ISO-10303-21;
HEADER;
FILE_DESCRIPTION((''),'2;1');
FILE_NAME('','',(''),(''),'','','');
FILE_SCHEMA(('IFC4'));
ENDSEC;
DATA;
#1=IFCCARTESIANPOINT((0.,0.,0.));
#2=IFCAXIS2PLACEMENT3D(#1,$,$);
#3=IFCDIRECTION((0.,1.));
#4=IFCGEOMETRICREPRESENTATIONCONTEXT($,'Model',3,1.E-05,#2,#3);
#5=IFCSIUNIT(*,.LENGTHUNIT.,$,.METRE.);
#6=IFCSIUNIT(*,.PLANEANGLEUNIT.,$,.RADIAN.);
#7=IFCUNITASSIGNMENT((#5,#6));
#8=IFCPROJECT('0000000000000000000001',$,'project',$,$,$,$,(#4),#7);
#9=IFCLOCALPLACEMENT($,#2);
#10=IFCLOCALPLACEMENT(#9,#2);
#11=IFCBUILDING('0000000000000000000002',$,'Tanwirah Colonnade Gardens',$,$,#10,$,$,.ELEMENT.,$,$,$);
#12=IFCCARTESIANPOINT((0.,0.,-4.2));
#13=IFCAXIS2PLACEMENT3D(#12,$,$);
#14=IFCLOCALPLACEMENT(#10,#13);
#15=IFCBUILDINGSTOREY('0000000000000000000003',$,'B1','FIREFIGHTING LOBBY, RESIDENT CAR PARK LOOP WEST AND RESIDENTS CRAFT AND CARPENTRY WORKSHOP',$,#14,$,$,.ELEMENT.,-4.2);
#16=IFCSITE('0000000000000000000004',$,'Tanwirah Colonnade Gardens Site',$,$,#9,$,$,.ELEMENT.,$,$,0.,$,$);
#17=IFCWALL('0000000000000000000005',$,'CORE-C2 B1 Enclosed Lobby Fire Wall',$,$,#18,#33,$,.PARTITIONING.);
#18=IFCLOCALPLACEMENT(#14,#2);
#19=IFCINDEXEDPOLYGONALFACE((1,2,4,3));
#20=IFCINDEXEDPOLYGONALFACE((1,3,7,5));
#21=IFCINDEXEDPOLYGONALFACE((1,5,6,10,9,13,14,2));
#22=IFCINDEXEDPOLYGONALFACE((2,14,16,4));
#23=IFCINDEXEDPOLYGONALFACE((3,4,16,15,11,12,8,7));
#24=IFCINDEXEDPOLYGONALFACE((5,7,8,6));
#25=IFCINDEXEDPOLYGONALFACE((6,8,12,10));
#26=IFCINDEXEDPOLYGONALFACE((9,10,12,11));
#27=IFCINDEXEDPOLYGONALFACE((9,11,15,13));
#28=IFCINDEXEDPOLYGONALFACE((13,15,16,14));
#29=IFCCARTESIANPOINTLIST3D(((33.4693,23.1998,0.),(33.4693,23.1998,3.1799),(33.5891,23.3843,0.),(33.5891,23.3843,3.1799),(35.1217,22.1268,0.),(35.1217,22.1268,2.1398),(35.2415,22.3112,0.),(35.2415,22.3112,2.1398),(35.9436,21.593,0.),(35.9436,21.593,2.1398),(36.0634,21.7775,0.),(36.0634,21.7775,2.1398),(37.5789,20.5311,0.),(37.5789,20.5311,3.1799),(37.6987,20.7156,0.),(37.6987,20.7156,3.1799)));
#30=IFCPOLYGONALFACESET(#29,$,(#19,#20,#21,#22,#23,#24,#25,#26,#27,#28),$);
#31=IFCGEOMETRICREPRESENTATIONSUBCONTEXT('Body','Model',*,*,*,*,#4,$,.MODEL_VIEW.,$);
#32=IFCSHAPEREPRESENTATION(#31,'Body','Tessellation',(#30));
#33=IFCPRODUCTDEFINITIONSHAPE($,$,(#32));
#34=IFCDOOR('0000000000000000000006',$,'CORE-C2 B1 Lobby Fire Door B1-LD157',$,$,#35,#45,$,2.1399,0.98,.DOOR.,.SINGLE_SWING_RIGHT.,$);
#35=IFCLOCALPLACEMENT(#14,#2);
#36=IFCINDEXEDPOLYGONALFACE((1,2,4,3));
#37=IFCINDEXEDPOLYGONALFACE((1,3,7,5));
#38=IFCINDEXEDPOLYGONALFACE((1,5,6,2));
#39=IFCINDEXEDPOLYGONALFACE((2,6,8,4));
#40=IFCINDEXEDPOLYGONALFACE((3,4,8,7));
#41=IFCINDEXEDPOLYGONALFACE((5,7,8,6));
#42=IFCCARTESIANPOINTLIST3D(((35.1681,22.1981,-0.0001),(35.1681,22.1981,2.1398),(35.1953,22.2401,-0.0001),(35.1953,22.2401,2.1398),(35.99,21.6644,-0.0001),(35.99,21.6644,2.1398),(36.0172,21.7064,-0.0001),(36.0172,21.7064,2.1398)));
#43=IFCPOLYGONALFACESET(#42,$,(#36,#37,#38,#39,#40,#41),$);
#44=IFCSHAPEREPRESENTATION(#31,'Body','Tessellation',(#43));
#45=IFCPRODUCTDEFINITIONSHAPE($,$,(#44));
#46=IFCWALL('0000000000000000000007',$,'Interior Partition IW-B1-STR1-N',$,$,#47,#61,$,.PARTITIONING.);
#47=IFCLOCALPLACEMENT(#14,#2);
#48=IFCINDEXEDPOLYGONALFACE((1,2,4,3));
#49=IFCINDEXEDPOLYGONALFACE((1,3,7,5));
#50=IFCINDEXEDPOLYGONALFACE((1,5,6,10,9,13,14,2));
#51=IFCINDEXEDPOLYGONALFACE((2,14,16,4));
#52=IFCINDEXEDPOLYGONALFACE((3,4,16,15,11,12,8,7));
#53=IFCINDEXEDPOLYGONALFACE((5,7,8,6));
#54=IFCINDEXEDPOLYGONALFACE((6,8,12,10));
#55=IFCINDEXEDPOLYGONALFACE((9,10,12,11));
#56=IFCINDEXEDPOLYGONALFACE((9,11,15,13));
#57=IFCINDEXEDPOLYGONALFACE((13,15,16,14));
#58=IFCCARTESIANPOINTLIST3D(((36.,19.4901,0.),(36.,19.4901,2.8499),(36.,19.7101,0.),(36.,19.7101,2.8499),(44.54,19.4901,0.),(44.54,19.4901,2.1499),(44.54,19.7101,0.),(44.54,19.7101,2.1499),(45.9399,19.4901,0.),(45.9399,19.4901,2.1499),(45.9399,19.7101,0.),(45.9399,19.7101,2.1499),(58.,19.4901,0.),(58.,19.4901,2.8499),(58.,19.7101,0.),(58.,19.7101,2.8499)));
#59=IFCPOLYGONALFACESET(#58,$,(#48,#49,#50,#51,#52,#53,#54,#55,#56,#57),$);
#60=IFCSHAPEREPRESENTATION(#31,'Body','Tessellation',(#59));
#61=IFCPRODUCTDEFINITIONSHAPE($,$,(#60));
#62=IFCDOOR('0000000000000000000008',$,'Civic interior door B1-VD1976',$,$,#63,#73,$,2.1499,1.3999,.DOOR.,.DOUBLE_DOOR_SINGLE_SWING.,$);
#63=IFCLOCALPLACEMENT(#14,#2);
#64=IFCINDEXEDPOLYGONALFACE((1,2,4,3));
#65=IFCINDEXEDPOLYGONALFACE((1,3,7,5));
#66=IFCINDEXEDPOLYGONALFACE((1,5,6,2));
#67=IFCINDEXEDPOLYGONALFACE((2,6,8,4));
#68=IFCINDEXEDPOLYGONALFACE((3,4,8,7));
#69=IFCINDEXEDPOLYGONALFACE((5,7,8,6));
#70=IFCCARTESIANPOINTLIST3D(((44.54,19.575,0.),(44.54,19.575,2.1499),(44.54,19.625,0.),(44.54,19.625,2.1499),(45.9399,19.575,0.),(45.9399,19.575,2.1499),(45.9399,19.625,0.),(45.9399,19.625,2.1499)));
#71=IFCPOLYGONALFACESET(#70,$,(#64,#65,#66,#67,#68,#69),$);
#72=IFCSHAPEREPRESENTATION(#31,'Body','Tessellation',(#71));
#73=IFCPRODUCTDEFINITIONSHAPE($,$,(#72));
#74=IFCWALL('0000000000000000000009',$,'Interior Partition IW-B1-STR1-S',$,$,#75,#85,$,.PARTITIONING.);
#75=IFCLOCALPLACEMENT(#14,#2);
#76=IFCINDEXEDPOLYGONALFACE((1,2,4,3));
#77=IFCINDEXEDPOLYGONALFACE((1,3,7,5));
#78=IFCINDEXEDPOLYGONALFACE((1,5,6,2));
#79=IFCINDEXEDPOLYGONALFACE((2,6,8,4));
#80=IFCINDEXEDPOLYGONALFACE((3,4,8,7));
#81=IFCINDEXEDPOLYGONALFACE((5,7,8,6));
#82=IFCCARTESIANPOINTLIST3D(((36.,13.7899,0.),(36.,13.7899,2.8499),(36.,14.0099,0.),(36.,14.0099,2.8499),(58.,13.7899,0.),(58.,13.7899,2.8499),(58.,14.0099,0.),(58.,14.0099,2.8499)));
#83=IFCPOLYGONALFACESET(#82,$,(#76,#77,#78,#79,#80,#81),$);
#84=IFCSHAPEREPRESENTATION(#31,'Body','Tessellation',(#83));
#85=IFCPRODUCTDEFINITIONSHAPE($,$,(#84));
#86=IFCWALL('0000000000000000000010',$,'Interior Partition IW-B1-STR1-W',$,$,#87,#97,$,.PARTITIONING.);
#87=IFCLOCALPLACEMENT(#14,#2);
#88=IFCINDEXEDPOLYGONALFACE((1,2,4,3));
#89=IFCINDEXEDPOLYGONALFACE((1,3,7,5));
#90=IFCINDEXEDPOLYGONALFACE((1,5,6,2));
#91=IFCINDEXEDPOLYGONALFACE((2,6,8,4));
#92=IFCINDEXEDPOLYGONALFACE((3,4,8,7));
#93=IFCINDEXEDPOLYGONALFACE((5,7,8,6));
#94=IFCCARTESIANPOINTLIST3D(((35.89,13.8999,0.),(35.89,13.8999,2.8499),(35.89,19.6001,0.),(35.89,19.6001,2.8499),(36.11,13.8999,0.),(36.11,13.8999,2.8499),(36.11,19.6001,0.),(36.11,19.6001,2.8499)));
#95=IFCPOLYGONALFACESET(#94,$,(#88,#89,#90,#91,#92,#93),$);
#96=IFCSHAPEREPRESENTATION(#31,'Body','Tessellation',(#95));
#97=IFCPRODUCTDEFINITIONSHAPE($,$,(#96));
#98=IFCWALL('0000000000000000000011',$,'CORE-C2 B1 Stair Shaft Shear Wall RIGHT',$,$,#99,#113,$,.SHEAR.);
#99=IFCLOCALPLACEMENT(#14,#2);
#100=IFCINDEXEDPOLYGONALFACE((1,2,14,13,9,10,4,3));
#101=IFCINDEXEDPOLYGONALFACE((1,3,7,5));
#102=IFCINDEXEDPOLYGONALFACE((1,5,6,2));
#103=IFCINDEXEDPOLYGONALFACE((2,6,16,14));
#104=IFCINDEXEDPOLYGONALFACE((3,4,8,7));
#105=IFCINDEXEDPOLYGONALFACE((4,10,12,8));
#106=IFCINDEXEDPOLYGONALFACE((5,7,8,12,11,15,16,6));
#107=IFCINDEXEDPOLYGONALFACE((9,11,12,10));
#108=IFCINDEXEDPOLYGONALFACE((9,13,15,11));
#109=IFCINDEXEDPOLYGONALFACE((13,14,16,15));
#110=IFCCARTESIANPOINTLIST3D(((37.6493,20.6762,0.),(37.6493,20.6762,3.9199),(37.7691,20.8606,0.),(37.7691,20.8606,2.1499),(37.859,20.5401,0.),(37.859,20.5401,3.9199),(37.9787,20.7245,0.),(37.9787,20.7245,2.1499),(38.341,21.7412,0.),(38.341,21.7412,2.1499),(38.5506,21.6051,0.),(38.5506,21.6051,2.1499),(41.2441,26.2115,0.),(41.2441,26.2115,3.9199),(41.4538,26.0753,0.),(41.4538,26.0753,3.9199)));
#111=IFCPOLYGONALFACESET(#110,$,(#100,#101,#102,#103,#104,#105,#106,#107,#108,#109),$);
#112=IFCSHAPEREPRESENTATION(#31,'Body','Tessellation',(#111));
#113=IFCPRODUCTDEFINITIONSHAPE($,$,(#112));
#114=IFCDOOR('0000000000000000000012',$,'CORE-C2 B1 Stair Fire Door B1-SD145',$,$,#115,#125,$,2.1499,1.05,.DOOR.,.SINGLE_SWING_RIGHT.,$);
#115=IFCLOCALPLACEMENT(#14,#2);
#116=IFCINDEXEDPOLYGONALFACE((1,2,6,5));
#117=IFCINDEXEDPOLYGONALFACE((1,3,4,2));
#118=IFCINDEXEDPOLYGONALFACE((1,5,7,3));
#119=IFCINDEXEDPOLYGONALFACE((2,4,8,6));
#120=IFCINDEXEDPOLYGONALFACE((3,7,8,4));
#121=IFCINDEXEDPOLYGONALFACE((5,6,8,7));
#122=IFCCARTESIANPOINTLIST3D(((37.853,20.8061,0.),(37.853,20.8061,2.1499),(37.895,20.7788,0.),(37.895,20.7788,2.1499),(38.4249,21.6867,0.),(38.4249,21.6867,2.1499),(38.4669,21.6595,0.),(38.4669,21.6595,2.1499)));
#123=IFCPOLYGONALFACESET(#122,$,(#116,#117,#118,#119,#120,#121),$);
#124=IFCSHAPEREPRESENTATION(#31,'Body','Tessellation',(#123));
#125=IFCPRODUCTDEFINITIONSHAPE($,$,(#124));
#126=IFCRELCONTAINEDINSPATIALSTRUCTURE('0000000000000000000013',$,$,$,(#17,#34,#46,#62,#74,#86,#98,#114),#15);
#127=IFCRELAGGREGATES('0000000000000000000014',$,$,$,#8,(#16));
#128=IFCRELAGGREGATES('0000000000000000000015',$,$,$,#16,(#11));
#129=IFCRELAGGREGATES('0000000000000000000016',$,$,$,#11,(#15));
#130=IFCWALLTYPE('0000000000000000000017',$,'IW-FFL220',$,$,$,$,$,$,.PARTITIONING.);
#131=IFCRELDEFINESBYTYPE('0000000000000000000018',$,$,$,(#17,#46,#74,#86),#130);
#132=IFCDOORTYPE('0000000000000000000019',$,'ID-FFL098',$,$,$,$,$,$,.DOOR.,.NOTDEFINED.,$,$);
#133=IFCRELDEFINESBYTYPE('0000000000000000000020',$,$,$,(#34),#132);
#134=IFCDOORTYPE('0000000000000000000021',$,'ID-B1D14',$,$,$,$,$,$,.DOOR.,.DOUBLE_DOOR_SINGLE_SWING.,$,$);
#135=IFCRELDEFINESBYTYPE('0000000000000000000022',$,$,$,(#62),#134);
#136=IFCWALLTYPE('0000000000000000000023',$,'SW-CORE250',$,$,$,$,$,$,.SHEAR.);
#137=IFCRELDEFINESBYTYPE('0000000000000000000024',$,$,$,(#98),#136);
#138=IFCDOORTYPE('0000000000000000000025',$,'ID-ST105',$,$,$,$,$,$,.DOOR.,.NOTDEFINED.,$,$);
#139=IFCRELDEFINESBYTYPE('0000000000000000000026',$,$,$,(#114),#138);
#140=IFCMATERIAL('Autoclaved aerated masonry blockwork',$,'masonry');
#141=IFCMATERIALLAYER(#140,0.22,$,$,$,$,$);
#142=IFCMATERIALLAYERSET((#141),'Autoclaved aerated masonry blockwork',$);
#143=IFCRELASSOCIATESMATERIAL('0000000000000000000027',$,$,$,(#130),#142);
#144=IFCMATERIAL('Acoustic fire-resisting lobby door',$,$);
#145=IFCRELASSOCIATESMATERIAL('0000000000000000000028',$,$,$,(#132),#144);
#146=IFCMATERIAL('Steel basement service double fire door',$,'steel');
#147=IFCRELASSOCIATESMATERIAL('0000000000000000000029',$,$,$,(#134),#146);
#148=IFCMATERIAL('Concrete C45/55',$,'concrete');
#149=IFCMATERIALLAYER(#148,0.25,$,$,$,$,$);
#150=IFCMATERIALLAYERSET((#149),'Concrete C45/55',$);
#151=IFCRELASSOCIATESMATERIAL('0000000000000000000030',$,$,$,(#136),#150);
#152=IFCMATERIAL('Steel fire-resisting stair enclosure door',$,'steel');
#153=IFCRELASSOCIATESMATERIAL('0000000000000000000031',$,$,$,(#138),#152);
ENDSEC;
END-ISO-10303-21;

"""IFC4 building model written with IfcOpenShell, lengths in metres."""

from ifc_helpers import new_model, si_unit, direction, frame, frame_2d, origin, place, context, subcontext, project, spatial, rectangle, extrude, material, layer, layer_set, type_object, element, fill, save


model = new_model("IFC4")

# Units and contexts
model_context = context("Model", 3, precision=1e-05, world=origin(), true_north=direction((0.0, 1.0)))
body_context = subcontext(model_context, "Body", "Model", "MODEL_VIEW")
ifc_project = project(units=[si_unit("LENGTHUNIT", "METRE"), si_unit("PLANEANGLEUNIT", "RADIAN")], contexts=[model_context])

# Site, building, storey
site_placement = place(None, origin())
site = spatial("IfcSite", under=ifc_project, at=site_placement, Name="Tanwirah Colonnade Gardens Site", CompositionType="ELEMENT", RefElevation=0.0)
building_placement = place(site_placement, origin())
building = spatial("IfcBuilding", under=site, at=building_placement, Name="Tanwirah Colonnade Gardens", CompositionType="ELEMENT")
storey_placement = place(building_placement, frame((0.0, 0.0, -4.2)))
storey = spatial("IfcBuildingStorey", under=building, at=storey_placement, Name="B1", Description="FIREFIGHTING LOBBY, RESIDENT CAR PARK LOOP WEST AND RESIDENTS CRAFT AND CARPENTRY WORKSHOP", CompositionType="ELEMENT", Elevation=-4.2)

# Shared definitions
ifc_material_1 = material(Name="Concrete C45/55", Category="concrete")

# Walls, openings, doors
ifc_material_2 = material(Name="Autoclaved aerated masonry blockwork", Category="masonry")
ifc_layer_1 = layer(ifc_material_2, 0.22)
ifc_layer_set_1 = layer_set([ifc_layer_1], Name="Autoclaved aerated masonry blockwork")
wall_type_1 = type_object("IfcWallType", Name="IW-FFL220", PredefinedType="PARTITIONING", material=ifc_layer_set_1)
wall_1_placement = place(storey_placement, frame((37.6389, 20.6233, 0.0), z_axis=(0.0, 0.0, 1.0), x_axis=(-0.838681, 0.544622, 0.0)))
wall_1 = element("IfcWall", 1, at=wall_1_placement, inside=storey, type_object=wall_type_1, Name="CORE-C2 B1 Enclosed Lobby Fire Wall", PredefinedType="PARTITIONING", context=body_context, shape_type="SweptSolid", body=[
    extrude(rectangle(XDim=4.9001, YDim=0.22, at=frame_2d((2.4502, 0.0))), origin(), (0.0, 0.0, 1.0), 3.1799),
])
opening_1_placement = place(wall_1_placement, frame((1.95, 0.0, 0.0)))
opening_1 = element("IfcOpeningElement", 2, at=opening_1_placement, cuts=wall_1, PredefinedType="OPENING", context=body_context, shape_type="SweptSolid", body=[
    extrude(rectangle(XDim=0.98, YDim=2.1399, at=frame_2d((0.49, 1.0698))), frame((0.0, 0.1199, 0.0), z_axis=(0.0, -1.0, 0.0), x_axis=(1.0, 0.0, 0.0)), (0.0, 0.0, 1.0), 0.24),
])
ifc_material_3 = material(Name="Acoustic fire-resisting lobby door")
door_type_1 = type_object("IfcDoorType", Name="ID-FFL098", OperationType="NOTDEFINED", PredefinedType="DOOR", material=ifc_material_3)
door_1_placement = place(opening_1_placement, origin())
door_1 = element("IfcDoor", 3, at=door_1_placement, inside=storey, type_object=door_type_1, Name="CORE-C2 B1 Lobby Fire Door B1-LD157", OperationType="SINGLE_SWING_RIGHT", OverallHeight=2.1399, OverallWidth=0.98, PredefinedType="DOOR", context=body_context, shape_type="SweptSolid", body=[
    extrude(rectangle(XDim=0.98, YDim=2.1399, at=frame_2d((0.49, 1.0698))), frame((0.0, 0.0249, 0.0), z_axis=(0.0, -1.0, 0.0), x_axis=(1.0, 0.0, 0.0)), (0.0, 0.0, 1.0), 0.05),
])
fill(opening_1, door_1)
wall_2_placement = place(storey_placement, frame((36.0, 19.6001, 0.0), z_axis=(0.0, 0.0, 1.0), x_axis=(1.0, 0.0, 0.0)))
wall_2 = element("IfcWall", 4, at=wall_2_placement, inside=storey, type_object=wall_type_1, Name="Interior Partition IW-B1-STR1-N", PredefinedType="PARTITIONING", context=body_context, shape_type="SweptSolid", body=[
    extrude(rectangle(XDim=22.0, YDim=0.22, at=frame_2d((11.0, 0.0))), origin(), (0.0, 0.0, 1.0), 2.8499),
])
opening_2_placement = place(wall_2_placement, frame((8.54, 0.0, 0.0)))
opening_2 = element("IfcOpeningElement", 5, at=opening_2_placement, cuts=wall_2, PredefinedType="OPENING", context=body_context, shape_type="SweptSolid", body=[
    extrude(rectangle(XDim=1.3999, YDim=2.1499, at=frame_2d((0.7, 1.075))), frame((0.0, 0.1199, 0.0), z_axis=(0.0, -1.0, 0.0), x_axis=(1.0, 0.0, 0.0)), (0.0, 0.0, 1.0), 0.24),
])
ifc_material_4 = material(Name="Steel basement service double fire door", Category="steel")
door_type_2 = type_object("IfcDoorType", Name="ID-B1D14", OperationType="DOUBLE_DOOR_SINGLE_SWING", PredefinedType="DOOR", material=ifc_material_4)
door_2_placement = place(opening_2_placement, origin())
door_2 = element("IfcDoor", 6, at=door_2_placement, inside=storey, type_object=door_type_2, Name="Civic interior door B1-VD1976", OperationType="DOUBLE_DOOR_SINGLE_SWING", OverallHeight=2.1499, OverallWidth=1.3999, PredefinedType="DOOR", context=body_context, shape_type="SweptSolid", body=[
    extrude(rectangle(XDim=1.3999, YDim=2.1499, at=frame_2d((0.7, 1.075))), frame((0.0, 0.0249, 0.0), z_axis=(0.0, -1.0, 0.0), x_axis=(1.0, 0.0, 0.0)), (0.0, 0.0, 1.0), 0.05),
])
fill(opening_2, door_2)

# Walls
wall_3_placement = place(storey_placement, frame((36.0, 13.8999, 0.0), z_axis=(0.0, 0.0, 1.0), x_axis=(1.0, 0.0, 0.0)))
element("IfcWall", 7, at=wall_3_placement, inside=storey, type_object=wall_type_1, Name="Interior Partition IW-B1-STR1-S", PredefinedType="PARTITIONING", context=body_context, shape_type="SweptSolid", body=[
    extrude(rectangle(XDim=22.0, YDim=0.22, at=frame_2d((11.0, 0.0))), origin(), (0.0, 0.0, 1.0), 2.8499),
])
wall_4_placement = place(storey_placement, frame((36.0, 13.8999, 0.0), z_axis=(0.0, 0.0, 1.0), x_axis=(0.0, 1.0, 0.0)))
element("IfcWall", 8, at=wall_4_placement, inside=storey, type_object=wall_type_1, Name="Interior Partition IW-B1-STR1-W", PredefinedType="PARTITIONING", context=body_context, shape_type="SweptSolid", body=[
    extrude(rectangle(XDim=5.7002, YDim=0.22, at=frame_2d((2.8501, 0.0))), origin(), (0.0, 0.0, 1.0), 2.8499),
])

# Wall, opening, door
ifc_layer_2 = layer(ifc_material_1, 0.25)
ifc_layer_set_2 = layer_set([ifc_layer_2], Name="Concrete C45/55")
wall_type_2 = type_object("IfcWallType", Name="SW-CORE250", PredefinedType="SHEAR", material=ifc_layer_set_2)
wall_5_placement = place(storey_placement, frame((37.7542, 20.6082, 0.0), z_axis=(0.0, 0.0, 1.0), x_axis=(0.544655, 0.83866, 0.0)))
wall_5 = element("IfcWall", 9, at=wall_5_placement, inside=storey, type_object=wall_type_2, Name="CORE-C2 B1 Stair Shaft Shear Wall RIGHT", PredefinedType="SHEAR", context=body_context, shape_type="SweptSolid", body=[
    extrude(rectangle(XDim=6.6001, YDim=0.25, at=frame_2d((3.3, 0.0))), origin(), (0.0, 0.0, 1.0), 3.9199),
])
opening_3_placement = place(wall_5_placement, frame((0.22, 0.0, 0.0)))
opening_3 = element("IfcOpeningElement", 10, at=opening_3_placement, cuts=wall_5, PredefinedType="OPENING", context=body_context, shape_type="SweptSolid", body=[
    extrude(rectangle(XDim=1.05, YDim=2.1499, at=frame_2d((0.5249, 1.075))), frame((0.0, 0.135, 0.0), z_axis=(0.0, -1.0, 0.0), x_axis=(1.0, 0.0, 0.0)), (0.0, 0.0, 1.0), 0.27),
])
ifc_material_5 = material(Name="Steel fire-resisting stair enclosure door", Category="steel")
door_type_3 = type_object("IfcDoorType", Name="ID-ST105", OperationType="NOTDEFINED", PredefinedType="DOOR", material=ifc_material_5)
door_3_placement = place(opening_3_placement, origin())
door_3 = element("IfcDoor", 11, at=door_3_placement, inside=storey, type_object=door_type_3, Name="CORE-C2 B1 Stair Fire Door B1-SD145", OperationType="SINGLE_SWING_RIGHT", OverallHeight=2.1499, OverallWidth=1.05, PredefinedType="DOOR", context=body_context, shape_type="SweptSolid", body=[
    extrude(rectangle(XDim=1.05, YDim=2.1499, at=frame_2d((0.5249, 1.075))), frame((0.0, 0.0249, 0.0), z_axis=(0.0, -1.0, 0.0), x_axis=(1.0, 0.0, 0.0)), (0.0, 0.0, 1.0), 0.05),
])
fill(opening_3, door_3)

save(model, "model.ifc")
